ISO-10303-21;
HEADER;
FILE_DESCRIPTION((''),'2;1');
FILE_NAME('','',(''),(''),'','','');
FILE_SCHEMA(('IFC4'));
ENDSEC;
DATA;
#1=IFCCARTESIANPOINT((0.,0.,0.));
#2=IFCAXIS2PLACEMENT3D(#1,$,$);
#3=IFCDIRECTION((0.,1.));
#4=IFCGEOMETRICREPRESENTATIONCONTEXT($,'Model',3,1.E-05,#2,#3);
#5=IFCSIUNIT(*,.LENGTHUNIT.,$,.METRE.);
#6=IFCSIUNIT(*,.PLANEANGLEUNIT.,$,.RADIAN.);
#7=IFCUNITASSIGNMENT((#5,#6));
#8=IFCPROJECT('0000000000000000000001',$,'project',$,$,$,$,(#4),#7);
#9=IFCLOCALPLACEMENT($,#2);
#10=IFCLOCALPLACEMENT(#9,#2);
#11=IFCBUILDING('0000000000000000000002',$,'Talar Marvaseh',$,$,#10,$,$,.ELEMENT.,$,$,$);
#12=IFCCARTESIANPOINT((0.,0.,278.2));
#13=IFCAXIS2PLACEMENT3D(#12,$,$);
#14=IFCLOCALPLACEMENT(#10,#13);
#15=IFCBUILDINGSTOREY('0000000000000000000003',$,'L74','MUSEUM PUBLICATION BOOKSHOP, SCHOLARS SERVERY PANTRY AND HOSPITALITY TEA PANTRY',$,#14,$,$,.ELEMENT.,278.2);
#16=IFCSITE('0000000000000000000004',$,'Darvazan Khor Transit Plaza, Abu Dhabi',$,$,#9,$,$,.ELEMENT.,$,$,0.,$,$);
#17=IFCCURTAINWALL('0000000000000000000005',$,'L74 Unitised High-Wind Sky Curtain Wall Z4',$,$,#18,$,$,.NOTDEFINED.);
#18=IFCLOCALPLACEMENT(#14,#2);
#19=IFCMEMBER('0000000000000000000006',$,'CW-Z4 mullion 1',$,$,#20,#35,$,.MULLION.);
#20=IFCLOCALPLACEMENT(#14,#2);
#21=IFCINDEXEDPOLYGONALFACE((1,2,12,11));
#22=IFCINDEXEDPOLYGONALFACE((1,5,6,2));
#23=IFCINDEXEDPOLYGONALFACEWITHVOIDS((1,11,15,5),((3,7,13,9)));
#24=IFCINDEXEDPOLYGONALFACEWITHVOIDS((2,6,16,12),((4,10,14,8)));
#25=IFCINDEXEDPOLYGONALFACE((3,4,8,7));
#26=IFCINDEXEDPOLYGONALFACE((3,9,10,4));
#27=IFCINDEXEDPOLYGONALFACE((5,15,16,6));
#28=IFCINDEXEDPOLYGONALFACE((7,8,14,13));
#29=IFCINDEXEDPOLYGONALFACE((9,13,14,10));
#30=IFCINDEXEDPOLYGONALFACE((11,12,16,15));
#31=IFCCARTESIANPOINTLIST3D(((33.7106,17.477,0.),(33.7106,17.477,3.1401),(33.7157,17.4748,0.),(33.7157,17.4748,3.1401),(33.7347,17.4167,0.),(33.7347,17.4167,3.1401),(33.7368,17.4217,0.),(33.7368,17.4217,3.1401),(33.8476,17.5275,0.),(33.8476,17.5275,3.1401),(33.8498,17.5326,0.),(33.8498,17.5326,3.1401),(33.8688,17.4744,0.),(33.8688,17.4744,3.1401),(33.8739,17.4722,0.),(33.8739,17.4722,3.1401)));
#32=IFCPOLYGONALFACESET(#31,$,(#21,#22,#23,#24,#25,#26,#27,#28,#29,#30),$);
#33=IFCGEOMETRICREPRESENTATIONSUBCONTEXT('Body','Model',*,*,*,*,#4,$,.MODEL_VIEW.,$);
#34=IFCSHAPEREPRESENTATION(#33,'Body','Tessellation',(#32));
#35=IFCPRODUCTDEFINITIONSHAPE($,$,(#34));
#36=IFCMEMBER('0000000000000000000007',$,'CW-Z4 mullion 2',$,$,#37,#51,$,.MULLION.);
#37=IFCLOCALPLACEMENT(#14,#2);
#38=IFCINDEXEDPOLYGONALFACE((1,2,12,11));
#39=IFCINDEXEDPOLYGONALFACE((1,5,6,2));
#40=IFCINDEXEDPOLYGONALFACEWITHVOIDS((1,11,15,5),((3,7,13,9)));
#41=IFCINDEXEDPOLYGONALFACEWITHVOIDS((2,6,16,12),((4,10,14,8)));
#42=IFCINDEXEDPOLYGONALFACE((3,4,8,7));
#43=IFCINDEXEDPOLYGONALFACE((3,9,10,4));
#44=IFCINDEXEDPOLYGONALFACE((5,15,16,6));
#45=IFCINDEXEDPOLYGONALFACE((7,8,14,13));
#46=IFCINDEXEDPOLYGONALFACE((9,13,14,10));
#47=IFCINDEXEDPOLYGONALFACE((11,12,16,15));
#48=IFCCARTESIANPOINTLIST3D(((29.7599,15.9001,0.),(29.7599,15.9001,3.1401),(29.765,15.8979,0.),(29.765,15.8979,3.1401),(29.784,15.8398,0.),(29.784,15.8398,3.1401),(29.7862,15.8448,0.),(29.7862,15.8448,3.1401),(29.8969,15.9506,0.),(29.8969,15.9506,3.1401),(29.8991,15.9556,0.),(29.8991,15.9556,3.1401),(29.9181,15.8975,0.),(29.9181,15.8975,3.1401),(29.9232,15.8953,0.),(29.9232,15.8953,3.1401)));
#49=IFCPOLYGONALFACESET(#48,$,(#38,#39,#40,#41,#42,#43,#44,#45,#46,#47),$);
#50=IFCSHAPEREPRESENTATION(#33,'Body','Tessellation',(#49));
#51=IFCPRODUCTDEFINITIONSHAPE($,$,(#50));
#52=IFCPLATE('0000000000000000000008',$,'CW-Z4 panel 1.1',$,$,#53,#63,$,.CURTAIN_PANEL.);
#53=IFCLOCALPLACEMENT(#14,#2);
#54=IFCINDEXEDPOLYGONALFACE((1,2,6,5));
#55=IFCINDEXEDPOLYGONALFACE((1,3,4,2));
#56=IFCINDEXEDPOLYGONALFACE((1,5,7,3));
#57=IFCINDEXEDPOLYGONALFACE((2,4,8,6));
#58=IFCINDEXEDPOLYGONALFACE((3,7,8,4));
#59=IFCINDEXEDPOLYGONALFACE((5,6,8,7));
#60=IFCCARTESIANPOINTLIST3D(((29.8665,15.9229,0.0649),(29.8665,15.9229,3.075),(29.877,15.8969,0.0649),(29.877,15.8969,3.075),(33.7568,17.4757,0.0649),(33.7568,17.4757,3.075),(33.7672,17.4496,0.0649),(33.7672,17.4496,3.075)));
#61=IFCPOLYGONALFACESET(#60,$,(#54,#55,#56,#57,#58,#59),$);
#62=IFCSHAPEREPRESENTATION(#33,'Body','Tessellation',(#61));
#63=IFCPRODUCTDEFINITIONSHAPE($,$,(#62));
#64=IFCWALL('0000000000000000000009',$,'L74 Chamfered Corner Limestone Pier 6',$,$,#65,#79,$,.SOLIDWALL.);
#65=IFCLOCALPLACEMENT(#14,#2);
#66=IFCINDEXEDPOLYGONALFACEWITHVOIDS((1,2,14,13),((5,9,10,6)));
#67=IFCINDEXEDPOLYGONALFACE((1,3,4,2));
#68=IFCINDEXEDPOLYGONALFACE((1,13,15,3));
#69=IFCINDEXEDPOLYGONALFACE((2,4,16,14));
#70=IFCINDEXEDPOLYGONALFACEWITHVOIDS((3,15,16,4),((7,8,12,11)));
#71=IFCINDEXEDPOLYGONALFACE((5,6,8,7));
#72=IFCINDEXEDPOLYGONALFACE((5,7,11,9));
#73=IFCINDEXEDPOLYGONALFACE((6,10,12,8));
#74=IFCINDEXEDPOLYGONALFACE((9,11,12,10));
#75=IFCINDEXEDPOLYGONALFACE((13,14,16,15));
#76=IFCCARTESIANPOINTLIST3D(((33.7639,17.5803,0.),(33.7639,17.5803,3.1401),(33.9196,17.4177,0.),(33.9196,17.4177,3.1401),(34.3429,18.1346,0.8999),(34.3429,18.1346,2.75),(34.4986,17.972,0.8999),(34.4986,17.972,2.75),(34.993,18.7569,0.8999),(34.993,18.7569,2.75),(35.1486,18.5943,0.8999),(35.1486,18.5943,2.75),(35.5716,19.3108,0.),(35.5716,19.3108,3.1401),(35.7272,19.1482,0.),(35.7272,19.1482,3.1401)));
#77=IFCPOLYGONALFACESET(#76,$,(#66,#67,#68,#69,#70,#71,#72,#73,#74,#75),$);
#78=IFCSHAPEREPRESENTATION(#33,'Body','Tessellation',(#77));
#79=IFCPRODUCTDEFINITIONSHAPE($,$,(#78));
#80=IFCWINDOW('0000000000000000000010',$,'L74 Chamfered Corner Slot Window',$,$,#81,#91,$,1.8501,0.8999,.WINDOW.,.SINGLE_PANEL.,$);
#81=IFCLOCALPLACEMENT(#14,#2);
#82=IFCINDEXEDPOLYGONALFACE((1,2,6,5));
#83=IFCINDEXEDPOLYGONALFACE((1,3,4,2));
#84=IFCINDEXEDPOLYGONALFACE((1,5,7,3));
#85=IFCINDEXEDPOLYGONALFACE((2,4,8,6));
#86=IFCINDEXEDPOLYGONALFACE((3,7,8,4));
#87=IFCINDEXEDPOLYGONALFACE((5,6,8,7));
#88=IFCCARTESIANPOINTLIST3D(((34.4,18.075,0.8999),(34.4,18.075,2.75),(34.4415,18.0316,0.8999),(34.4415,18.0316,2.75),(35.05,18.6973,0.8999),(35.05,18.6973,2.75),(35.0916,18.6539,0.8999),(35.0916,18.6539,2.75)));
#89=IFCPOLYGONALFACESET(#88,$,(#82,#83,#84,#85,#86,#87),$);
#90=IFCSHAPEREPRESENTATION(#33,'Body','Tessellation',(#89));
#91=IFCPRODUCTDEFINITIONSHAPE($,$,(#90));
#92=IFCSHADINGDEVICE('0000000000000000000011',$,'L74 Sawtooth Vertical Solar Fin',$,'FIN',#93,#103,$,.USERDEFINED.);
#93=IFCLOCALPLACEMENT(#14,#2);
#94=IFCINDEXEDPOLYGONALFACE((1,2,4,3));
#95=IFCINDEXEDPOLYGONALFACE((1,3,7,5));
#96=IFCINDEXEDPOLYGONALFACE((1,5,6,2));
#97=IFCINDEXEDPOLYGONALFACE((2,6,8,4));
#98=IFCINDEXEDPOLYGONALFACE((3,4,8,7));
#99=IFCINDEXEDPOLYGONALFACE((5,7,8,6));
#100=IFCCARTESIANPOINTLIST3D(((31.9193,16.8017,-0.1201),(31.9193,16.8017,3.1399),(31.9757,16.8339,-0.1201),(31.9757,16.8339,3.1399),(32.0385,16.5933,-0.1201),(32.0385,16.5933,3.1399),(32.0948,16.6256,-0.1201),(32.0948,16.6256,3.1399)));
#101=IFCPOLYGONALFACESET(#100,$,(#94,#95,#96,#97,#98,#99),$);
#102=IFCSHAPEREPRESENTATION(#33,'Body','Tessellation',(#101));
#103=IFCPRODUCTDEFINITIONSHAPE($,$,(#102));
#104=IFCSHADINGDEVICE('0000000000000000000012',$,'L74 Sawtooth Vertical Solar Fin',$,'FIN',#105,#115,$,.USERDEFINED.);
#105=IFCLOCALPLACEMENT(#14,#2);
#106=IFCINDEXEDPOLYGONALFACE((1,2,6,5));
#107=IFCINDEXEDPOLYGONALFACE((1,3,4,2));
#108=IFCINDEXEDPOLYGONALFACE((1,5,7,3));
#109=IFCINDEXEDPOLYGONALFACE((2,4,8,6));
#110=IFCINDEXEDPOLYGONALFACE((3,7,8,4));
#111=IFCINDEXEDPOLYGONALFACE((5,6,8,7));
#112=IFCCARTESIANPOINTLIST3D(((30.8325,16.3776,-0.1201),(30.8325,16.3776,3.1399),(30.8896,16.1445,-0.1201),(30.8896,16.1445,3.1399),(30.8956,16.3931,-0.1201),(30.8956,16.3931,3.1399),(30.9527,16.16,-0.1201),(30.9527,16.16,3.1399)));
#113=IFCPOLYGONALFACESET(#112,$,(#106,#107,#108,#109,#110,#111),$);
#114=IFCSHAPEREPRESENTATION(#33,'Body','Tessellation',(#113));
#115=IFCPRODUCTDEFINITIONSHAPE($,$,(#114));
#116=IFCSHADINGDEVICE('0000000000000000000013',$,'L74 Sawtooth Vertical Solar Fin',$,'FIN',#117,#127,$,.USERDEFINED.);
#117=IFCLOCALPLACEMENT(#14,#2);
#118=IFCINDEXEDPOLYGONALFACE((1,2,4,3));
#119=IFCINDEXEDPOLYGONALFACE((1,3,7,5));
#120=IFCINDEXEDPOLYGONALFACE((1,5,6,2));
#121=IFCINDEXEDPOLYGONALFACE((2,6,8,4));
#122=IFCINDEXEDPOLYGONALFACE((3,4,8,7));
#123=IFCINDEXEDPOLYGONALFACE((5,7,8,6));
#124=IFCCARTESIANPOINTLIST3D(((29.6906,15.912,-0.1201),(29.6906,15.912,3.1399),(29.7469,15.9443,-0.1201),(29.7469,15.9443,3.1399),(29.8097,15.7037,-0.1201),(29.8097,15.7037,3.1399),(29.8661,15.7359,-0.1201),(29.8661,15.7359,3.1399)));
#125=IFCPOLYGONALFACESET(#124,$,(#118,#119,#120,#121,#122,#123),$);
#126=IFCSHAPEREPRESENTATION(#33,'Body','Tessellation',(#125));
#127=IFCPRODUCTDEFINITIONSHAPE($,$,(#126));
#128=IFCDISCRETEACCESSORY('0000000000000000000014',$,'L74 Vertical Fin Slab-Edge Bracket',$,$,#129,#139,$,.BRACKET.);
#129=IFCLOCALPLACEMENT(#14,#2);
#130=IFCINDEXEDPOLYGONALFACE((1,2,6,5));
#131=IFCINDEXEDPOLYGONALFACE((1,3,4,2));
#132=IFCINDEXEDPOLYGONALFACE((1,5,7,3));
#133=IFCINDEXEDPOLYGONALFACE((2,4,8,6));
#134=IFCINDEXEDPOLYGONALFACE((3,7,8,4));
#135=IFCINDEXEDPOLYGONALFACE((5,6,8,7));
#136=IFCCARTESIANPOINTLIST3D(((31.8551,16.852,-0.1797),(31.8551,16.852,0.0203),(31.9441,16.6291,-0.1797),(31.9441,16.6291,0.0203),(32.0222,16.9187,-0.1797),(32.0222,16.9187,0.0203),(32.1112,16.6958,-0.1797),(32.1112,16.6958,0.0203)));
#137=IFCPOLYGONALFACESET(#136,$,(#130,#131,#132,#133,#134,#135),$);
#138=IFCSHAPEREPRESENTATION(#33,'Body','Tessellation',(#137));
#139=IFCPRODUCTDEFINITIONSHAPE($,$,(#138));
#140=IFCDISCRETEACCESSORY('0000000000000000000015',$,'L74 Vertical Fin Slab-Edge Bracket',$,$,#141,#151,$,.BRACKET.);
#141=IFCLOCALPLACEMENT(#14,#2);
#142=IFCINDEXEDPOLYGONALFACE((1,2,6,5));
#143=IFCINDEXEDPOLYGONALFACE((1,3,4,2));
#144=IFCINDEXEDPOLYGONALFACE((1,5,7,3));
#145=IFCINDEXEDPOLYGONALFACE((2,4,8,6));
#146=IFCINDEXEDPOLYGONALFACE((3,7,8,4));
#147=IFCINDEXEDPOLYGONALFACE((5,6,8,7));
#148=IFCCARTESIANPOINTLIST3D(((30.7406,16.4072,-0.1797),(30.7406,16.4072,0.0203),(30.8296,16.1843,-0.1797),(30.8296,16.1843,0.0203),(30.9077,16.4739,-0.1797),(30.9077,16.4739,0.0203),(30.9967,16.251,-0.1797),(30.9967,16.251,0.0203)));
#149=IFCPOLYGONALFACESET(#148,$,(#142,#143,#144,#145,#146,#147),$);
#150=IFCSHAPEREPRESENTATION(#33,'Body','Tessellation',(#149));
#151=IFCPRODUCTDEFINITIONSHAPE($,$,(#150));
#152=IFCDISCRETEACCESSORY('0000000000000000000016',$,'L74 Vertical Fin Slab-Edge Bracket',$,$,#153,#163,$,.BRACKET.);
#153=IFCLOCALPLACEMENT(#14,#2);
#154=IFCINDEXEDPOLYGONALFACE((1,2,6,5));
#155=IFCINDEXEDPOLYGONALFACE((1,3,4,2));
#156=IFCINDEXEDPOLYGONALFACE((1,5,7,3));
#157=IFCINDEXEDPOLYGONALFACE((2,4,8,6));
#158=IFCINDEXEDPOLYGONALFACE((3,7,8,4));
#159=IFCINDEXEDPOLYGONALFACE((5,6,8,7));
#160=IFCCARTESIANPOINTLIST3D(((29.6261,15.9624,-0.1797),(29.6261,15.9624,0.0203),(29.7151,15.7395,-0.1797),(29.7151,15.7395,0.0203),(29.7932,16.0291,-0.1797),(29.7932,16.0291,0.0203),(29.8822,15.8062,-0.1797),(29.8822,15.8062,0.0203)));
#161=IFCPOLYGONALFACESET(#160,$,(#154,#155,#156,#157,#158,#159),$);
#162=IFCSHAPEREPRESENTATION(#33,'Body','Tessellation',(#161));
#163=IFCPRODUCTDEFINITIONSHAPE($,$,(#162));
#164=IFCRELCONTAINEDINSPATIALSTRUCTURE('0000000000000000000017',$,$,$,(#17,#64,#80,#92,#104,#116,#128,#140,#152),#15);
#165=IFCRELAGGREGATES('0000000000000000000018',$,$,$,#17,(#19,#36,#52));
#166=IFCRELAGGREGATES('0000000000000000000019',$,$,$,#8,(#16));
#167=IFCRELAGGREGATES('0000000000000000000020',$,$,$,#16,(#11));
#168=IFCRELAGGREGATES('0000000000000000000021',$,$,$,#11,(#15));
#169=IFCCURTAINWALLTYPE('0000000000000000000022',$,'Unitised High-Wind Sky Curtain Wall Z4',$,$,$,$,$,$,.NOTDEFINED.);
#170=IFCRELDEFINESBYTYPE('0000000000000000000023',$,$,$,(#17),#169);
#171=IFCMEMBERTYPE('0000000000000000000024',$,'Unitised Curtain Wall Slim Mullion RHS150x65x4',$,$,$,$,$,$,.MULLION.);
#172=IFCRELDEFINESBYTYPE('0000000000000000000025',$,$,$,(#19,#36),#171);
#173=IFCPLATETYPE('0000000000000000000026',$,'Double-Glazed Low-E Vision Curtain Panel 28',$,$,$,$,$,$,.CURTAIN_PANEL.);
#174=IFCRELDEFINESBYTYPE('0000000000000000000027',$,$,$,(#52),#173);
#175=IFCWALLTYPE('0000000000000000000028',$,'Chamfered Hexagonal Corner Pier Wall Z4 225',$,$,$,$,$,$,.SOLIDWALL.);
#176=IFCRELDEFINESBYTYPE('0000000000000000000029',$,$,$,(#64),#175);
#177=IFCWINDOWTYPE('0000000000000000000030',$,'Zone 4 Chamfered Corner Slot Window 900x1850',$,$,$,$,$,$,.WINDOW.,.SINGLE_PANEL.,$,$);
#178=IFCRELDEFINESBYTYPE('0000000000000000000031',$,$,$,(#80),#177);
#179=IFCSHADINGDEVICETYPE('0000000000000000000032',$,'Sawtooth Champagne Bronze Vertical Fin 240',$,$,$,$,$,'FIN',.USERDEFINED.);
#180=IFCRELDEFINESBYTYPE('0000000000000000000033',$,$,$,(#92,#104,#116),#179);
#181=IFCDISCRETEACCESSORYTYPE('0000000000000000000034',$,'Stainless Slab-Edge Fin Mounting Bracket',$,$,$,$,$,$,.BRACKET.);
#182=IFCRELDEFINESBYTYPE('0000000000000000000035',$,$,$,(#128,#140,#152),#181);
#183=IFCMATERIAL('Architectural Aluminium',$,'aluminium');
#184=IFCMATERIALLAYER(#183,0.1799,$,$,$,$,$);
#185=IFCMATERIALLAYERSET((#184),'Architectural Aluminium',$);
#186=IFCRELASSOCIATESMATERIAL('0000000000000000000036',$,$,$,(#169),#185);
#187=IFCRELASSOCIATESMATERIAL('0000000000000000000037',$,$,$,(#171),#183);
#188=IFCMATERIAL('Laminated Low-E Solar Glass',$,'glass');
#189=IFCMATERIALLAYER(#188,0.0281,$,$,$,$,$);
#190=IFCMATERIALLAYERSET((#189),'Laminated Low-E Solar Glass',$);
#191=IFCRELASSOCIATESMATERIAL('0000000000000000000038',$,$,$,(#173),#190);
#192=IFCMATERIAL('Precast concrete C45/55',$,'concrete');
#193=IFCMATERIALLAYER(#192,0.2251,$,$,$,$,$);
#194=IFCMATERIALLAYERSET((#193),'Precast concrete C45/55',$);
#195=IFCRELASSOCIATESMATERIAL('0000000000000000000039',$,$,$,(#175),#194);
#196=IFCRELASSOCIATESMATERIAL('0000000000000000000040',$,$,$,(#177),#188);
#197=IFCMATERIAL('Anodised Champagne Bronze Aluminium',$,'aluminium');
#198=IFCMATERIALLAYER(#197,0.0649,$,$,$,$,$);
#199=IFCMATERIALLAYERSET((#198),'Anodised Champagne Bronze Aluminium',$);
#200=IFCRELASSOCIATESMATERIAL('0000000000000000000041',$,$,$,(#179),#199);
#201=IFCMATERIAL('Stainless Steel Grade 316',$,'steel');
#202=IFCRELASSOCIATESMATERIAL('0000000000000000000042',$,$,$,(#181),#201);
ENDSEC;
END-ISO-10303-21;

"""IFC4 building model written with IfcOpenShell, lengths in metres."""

from ifc_helpers import new_model, si_unit, direction, frame, frame_2d, origin, origin_2d, place, context, subcontext, project, spatial, rectangle, hollow_rectangle, extrude, source, transform, mapped, material, layer, layer_set, material_profile, profile_set, type_object, type_shapes, element, fill, aggregate, save


model = new_model("IFC4")

# Units and contexts
model_context = context("Model", 3, precision=1e-05, world=origin(), true_north=direction((0.0, 1.0)))
body_context = subcontext(model_context, "Body", "Model", "MODEL_VIEW")
ifc_project = project(units=[si_unit("LENGTHUNIT", "METRE"), si_unit("PLANEANGLEUNIT", "RADIAN")], contexts=[model_context])

# Site, building, storey
site_placement = place(None, origin())
site = spatial("IfcSite", under=ifc_project, at=site_placement, Name="Darvazan Khor Transit Plaza, Abu Dhabi", CompositionType="ELEMENT", RefElevation=0.0)
building_placement = place(site_placement, origin())
building = spatial("IfcBuilding", under=site, at=building_placement, Name="Talar Marvaseh", CompositionType="ELEMENT")
storey_placement = place(building_placement, frame((0.0, 0.0, 278.2)))
storey = spatial("IfcBuildingStorey", under=building, at=storey_placement, Name="L74", Description="MUSEUM PUBLICATION BOOKSHOP, SCHOLARS SERVERY PANTRY AND HOSPITALITY TEA PANTRY", CompositionType="ELEMENT", Elevation=278.2)

# Curtain wall
ifc_material_1 = material(Name="Architectural Aluminium", Category="aluminium")
ifc_layer_1 = layer(ifc_material_1, 0.1799)
ifc_layer_set_1 = layer_set([ifc_layer_1], Name="Architectural Aluminium")
curtain_wall_type = type_object("IfcCurtainWallType", Name="Unitised High-Wind Sky Curtain Wall Z4", PredefinedType="NOTDEFINED", material=ifc_layer_set_1)
curtain_wall_1_placement = place(storey_placement, origin())
curtain_wall_1 = element("IfcCurtainWall", 1, at=curtain_wall_1_placement, inside=storey, type_object=curtain_wall_type, Name="L74 Unitised High-Wind Sky Curtain Wall Z4", PredefinedType="NOTDEFINED")

# Shared definitions
ifc_material_profile_1 = material_profile(ifc_material_1, hollow_rectangle(XDim=0.0649, YDim=0.1499, WallThickness=0.0039, at=origin_2d()), Name="RHS150x65x4")
ifc_profile_set_1 = profile_set([ifc_material_profile_1], Name="Architectural Aluminium")
member_type_1 = type_object("IfcMemberType", Name="Unitised Curtain Wall Slim Mullion RHS150x65x4", PredefinedType="MULLION", material=ifc_profile_set_1)
shared_shape_1 = source(origin(), body_context, "Body", "SweptSolid", [
    extrude(hollow_rectangle(XDim=0.0649, YDim=0.1499, WallThickness=0.0039, at=origin_2d()), origin(), (0.0, 0.0, 1.0), 3.1401),
])
type_shapes(member_type_1, [shared_shape_1])

# Members
member_1_placement = place(storey_placement, frame((33.7922, 17.4746, 0.0), z_axis=(0.0, 0.0, 1.0), x_axis=(0.370702, -0.928752, 0.0)))
member_1 = element("IfcMember", 2, at=member_1_placement, type_object=member_type_1, Name="CW-Z4 mullion 1", PredefinedType="MULLION", context=body_context, shape_type="MappedRepresentation", body=[
    mapped(shared_shape_1, transform((0.0, 0.0, 0.0), x_axis=(1.0, 0.0, 0.0), y_axis=(0.0, 1.0, 0.0), z_axis=(0.0, 0.0, 1.0), scale=1.0)),
])
member_2_placement = place(storey_placement, frame((29.8416, 15.8977, 0.0), z_axis=(0.0, 0.0, 1.0), x_axis=(0.370702, -0.928752, 0.0)))
member_2 = element("IfcMember", 3, at=member_2_placement, type_object=member_type_1, Name="CW-Z4 mullion 2", PredefinedType="MULLION", context=body_context, shape_type="MappedRepresentation", body=[
    mapped(shared_shape_1, transform((0.0, 0.0, 0.0), x_axis=(1.0, 0.0, 0.0), y_axis=(0.0, 1.0, 0.0), z_axis=(0.0, 0.0, 1.0), scale=1.0)),
])

# Plate
ifc_material_2 = material(Name="Laminated Low-E Solar Glass", Category="glass")
ifc_layer_2 = layer(ifc_material_2, 0.0281)
ifc_layer_set_2 = layer_set([ifc_layer_2], Name="Laminated Low-E Solar Glass")
plate_type = type_object("IfcPlateType", Name="Double-Glazed Low-E Vision Curtain Panel 28", PredefinedType="CURTAIN_PANEL", material=ifc_layer_set_2)
shared_shape_2 = source(origin(), body_context, "Body", "SweptSolid", [
    extrude(rectangle(XDim=4.1887, YDim=0.0281, at=origin_2d()), origin(), (0.0, 0.0, 1.0), 3.01),
])
type_shapes(plate_type, [shared_shape_2])
plate_placement = place(storey_placement, frame((31.8169, 16.6863, 0.0649), z_axis=(0.0, 0.0, 1.0), x_axis=(-0.928752, -0.370702, 0.0)))
plate = element("IfcPlate", 4, at=plate_placement, type_object=plate_type, Name="CW-Z4 panel 1.1", PredefinedType="CURTAIN_PANEL", context=body_context, shape_type="MappedRepresentation", body=[
    mapped(shared_shape_2, transform((0.0, 0.0, 0.0), x_axis=(1.0, 0.0, 0.0), y_axis=(0.0, 1.0, 0.0), z_axis=(0.0, 0.0, 1.0), scale=1.0)),
])
aggregate(curtain_wall_1, [member_1, member_2, plate])

# Wall, opening, window
ifc_material_3 = material(Name="Precast concrete C45/55", Category="concrete")
ifc_layer_3 = layer(ifc_material_3, 0.2251)
ifc_layer_set_3 = layer_set([ifc_layer_3], Name="Precast concrete C45/55")
wall_type = type_object("IfcWallType", Name="Chamfered Hexagonal Corner Pier Wall Z4 225", PredefinedType="SOLIDWALL", material=ifc_layer_set_3)
wall_placement = place(storey_placement, frame((35.6494, 19.2295, 0.0), z_axis=(0.0, 0.0, 1.0), x_axis=(-0.722354, -0.691524, 0.0)))
wall = element("IfcWall", 5, at=wall_placement, inside=storey, type_object=wall_type, Name="L74 Chamfered Corner Limestone Pier 6", PredefinedType="SOLIDWALL", context=body_context, shape_type="SweptSolid", body=[
    extrude(rectangle(XDim=2.5024, YDim=0.2251, at=frame_2d((1.2512, 0.0))), origin(), (0.0, 0.0, 1.0), 3.1401),
])
opening_placement = place(wall_placement, frame((0.801, 0.0, 0.8999)))
opening = element("IfcOpeningElement", 6, at=opening_placement, cuts=wall, PredefinedType="OPENING", context=body_context, shape_type="SweptSolid", body=[
    extrude(rectangle(XDim=0.8999, YDim=1.8501, at=frame_2d((0.45, 0.925))), frame((0.0, 0.1226, 0.0), z_axis=(0.0, -1.0, 0.0), x_axis=(1.0, 0.0, 0.0)), (0.0, 0.0, 1.0), 0.2451),
])
window_type = type_object("IfcWindowType", Name="Zone 4 Chamfered Corner Slot Window 900x1850", PartitioningType="SINGLE_PANEL", PredefinedType="WINDOW", material=ifc_material_2)
shared_shape_3 = source(origin(), body_context, "Body", "SweptSolid", [
    extrude(rectangle(XDim=0.8999, YDim=1.8501, at=frame_2d((0.45, 0.925))), frame((0.0, 0.03, 0.0), z_axis=(0.0, -1.0, 0.0), x_axis=(1.0, 0.0, 0.0)), (0.0, 0.0, 1.0), 0.0601),
])
type_shapes(window_type, [shared_shape_3])
window_placement = place(opening_placement, origin())
window = element("IfcWindow", 7, at=window_placement, inside=storey, type_object=window_type, Name="L74 Chamfered Corner Slot Window", OverallHeight=1.8501, OverallWidth=0.8999, PartitioningType="SINGLE_PANEL", PredefinedType="WINDOW", context=body_context, shape_type="MappedRepresentation", body=[
    mapped(shared_shape_3, transform((0.0, 0.0, 0.0), x_axis=(1.0, 0.0, 0.0), y_axis=(0.0, 1.0, 0.0), z_axis=(0.0, 0.0, 1.0), scale=1.0)),
])
fill(opening, window)

# Shading devices
ifc_material_4 = material(Name="Anodised Champagne Bronze Aluminium", Category="aluminium")
ifc_layer_4 = layer(ifc_material_4, 0.0649)
ifc_layer_set_4 = layer_set([ifc_layer_4], Name="Anodised Champagne Bronze Aluminium")
shading_device_type = type_object("IfcShadingDeviceType", Name="Sawtooth Champagne Bronze Vertical Fin 240", ElementType="FIN", PredefinedType="USERDEFINED", material=ifc_layer_set_4)
shared_shape_4 = source(origin(), body_context, "Body", "SweptSolid", [
    extrude(rectangle(XDim=0.24, YDim=0.0649, at=origin_2d()), origin(), (0.0, 0.0, 1.0), 3.26),
])
type_shapes(shading_device_type, [shared_shape_4])
for number, where, z_axis, x_axis, name in (
    (8, (32.0071, 16.7136, -0.1201), (0.0, 0.0, 1.0), (0.496368, -0.868112, 0.0), "L74 Sawtooth Vertical Solar Fin"),
    (9, (30.8926, 16.2688, -0.1201), (0.0, 0.0, 1.0), (0.237855, -0.971301, 0.0), "L74 Sawtooth Vertical Solar Fin"),
    (10, (29.7783, 15.824, -0.1201), (0.0, 0.0, 1.0), (0.496368, -0.868112, 0.0), "L74 Sawtooth Vertical Solar Fin"),
):
    element("IfcShadingDevice", number, at=place(storey_placement, frame(where, z_axis=z_axis, x_axis=x_axis)), inside=storey, type_object=shading_device_type, Name=name, ObjectType="FIN", PredefinedType="USERDEFINED", context=body_context, shape_type="MappedRepresentation", body=[
        mapped(shared_shape_4, transform((0.0, 0.0, 0.0), x_axis=(1.0, 0.0, 0.0), y_axis=(0.0, 1.0, 0.0), z_axis=(0.0, 0.0, 1.0), scale=1.0)),
    ])

# Discrete accessories
ifc_material_5 = material(Name="Stainless Steel Grade 316", Category="steel")
discrete_accessory_type = type_object("IfcDiscreteAccessoryType", Name="Stainless Slab-Edge Fin Mounting Bracket", PredefinedType="BRACKET", material=ifc_material_5)
shared_shape_5 = source(origin(), body_context, "Body", "SweptSolid", [
    extrude(rectangle(XDim=0.24, YDim=0.1799, at=origin_2d()), origin(), (0.0, 0.0, 1.0), 0.2),
])
type_shapes(discrete_accessory_type, [shared_shape_5])
for number, where, z_axis, x_axis, name in (
    (11, (31.9832, 16.7739, -0.1797), (0.0, 0.0, 1.0), (0.37072, -0.928745, 0.0), "L74 Vertical Fin Slab-Edge Bracket"),
    (12, (30.8687, 16.3291, -0.1797), (0.0, 0.0, 1.0), (0.37072, -0.928745, 0.0), "L74 Vertical Fin Slab-Edge Bracket"),
    (13, (29.7542, 15.8843, -0.1797), (0.0, 0.0, 1.0), (0.37072, -0.928745, 0.0), "L74 Vertical Fin Slab-Edge Bracket"),
):
    element("IfcDiscreteAccessory", number, at=place(storey_placement, frame(where, z_axis=z_axis, x_axis=x_axis)), inside=storey, type_object=discrete_accessory_type, Name=name, PredefinedType="BRACKET", context=body_context, shape_type="MappedRepresentation", body=[
        mapped(shared_shape_5, transform((0.0, 0.0, 0.0), x_axis=(1.0, 0.0, 0.0), y_axis=(0.0, 1.0, 0.0), z_axis=(0.0, 0.0, 1.0), scale=1.0)),
    ])

save(model, "model.ifc")
